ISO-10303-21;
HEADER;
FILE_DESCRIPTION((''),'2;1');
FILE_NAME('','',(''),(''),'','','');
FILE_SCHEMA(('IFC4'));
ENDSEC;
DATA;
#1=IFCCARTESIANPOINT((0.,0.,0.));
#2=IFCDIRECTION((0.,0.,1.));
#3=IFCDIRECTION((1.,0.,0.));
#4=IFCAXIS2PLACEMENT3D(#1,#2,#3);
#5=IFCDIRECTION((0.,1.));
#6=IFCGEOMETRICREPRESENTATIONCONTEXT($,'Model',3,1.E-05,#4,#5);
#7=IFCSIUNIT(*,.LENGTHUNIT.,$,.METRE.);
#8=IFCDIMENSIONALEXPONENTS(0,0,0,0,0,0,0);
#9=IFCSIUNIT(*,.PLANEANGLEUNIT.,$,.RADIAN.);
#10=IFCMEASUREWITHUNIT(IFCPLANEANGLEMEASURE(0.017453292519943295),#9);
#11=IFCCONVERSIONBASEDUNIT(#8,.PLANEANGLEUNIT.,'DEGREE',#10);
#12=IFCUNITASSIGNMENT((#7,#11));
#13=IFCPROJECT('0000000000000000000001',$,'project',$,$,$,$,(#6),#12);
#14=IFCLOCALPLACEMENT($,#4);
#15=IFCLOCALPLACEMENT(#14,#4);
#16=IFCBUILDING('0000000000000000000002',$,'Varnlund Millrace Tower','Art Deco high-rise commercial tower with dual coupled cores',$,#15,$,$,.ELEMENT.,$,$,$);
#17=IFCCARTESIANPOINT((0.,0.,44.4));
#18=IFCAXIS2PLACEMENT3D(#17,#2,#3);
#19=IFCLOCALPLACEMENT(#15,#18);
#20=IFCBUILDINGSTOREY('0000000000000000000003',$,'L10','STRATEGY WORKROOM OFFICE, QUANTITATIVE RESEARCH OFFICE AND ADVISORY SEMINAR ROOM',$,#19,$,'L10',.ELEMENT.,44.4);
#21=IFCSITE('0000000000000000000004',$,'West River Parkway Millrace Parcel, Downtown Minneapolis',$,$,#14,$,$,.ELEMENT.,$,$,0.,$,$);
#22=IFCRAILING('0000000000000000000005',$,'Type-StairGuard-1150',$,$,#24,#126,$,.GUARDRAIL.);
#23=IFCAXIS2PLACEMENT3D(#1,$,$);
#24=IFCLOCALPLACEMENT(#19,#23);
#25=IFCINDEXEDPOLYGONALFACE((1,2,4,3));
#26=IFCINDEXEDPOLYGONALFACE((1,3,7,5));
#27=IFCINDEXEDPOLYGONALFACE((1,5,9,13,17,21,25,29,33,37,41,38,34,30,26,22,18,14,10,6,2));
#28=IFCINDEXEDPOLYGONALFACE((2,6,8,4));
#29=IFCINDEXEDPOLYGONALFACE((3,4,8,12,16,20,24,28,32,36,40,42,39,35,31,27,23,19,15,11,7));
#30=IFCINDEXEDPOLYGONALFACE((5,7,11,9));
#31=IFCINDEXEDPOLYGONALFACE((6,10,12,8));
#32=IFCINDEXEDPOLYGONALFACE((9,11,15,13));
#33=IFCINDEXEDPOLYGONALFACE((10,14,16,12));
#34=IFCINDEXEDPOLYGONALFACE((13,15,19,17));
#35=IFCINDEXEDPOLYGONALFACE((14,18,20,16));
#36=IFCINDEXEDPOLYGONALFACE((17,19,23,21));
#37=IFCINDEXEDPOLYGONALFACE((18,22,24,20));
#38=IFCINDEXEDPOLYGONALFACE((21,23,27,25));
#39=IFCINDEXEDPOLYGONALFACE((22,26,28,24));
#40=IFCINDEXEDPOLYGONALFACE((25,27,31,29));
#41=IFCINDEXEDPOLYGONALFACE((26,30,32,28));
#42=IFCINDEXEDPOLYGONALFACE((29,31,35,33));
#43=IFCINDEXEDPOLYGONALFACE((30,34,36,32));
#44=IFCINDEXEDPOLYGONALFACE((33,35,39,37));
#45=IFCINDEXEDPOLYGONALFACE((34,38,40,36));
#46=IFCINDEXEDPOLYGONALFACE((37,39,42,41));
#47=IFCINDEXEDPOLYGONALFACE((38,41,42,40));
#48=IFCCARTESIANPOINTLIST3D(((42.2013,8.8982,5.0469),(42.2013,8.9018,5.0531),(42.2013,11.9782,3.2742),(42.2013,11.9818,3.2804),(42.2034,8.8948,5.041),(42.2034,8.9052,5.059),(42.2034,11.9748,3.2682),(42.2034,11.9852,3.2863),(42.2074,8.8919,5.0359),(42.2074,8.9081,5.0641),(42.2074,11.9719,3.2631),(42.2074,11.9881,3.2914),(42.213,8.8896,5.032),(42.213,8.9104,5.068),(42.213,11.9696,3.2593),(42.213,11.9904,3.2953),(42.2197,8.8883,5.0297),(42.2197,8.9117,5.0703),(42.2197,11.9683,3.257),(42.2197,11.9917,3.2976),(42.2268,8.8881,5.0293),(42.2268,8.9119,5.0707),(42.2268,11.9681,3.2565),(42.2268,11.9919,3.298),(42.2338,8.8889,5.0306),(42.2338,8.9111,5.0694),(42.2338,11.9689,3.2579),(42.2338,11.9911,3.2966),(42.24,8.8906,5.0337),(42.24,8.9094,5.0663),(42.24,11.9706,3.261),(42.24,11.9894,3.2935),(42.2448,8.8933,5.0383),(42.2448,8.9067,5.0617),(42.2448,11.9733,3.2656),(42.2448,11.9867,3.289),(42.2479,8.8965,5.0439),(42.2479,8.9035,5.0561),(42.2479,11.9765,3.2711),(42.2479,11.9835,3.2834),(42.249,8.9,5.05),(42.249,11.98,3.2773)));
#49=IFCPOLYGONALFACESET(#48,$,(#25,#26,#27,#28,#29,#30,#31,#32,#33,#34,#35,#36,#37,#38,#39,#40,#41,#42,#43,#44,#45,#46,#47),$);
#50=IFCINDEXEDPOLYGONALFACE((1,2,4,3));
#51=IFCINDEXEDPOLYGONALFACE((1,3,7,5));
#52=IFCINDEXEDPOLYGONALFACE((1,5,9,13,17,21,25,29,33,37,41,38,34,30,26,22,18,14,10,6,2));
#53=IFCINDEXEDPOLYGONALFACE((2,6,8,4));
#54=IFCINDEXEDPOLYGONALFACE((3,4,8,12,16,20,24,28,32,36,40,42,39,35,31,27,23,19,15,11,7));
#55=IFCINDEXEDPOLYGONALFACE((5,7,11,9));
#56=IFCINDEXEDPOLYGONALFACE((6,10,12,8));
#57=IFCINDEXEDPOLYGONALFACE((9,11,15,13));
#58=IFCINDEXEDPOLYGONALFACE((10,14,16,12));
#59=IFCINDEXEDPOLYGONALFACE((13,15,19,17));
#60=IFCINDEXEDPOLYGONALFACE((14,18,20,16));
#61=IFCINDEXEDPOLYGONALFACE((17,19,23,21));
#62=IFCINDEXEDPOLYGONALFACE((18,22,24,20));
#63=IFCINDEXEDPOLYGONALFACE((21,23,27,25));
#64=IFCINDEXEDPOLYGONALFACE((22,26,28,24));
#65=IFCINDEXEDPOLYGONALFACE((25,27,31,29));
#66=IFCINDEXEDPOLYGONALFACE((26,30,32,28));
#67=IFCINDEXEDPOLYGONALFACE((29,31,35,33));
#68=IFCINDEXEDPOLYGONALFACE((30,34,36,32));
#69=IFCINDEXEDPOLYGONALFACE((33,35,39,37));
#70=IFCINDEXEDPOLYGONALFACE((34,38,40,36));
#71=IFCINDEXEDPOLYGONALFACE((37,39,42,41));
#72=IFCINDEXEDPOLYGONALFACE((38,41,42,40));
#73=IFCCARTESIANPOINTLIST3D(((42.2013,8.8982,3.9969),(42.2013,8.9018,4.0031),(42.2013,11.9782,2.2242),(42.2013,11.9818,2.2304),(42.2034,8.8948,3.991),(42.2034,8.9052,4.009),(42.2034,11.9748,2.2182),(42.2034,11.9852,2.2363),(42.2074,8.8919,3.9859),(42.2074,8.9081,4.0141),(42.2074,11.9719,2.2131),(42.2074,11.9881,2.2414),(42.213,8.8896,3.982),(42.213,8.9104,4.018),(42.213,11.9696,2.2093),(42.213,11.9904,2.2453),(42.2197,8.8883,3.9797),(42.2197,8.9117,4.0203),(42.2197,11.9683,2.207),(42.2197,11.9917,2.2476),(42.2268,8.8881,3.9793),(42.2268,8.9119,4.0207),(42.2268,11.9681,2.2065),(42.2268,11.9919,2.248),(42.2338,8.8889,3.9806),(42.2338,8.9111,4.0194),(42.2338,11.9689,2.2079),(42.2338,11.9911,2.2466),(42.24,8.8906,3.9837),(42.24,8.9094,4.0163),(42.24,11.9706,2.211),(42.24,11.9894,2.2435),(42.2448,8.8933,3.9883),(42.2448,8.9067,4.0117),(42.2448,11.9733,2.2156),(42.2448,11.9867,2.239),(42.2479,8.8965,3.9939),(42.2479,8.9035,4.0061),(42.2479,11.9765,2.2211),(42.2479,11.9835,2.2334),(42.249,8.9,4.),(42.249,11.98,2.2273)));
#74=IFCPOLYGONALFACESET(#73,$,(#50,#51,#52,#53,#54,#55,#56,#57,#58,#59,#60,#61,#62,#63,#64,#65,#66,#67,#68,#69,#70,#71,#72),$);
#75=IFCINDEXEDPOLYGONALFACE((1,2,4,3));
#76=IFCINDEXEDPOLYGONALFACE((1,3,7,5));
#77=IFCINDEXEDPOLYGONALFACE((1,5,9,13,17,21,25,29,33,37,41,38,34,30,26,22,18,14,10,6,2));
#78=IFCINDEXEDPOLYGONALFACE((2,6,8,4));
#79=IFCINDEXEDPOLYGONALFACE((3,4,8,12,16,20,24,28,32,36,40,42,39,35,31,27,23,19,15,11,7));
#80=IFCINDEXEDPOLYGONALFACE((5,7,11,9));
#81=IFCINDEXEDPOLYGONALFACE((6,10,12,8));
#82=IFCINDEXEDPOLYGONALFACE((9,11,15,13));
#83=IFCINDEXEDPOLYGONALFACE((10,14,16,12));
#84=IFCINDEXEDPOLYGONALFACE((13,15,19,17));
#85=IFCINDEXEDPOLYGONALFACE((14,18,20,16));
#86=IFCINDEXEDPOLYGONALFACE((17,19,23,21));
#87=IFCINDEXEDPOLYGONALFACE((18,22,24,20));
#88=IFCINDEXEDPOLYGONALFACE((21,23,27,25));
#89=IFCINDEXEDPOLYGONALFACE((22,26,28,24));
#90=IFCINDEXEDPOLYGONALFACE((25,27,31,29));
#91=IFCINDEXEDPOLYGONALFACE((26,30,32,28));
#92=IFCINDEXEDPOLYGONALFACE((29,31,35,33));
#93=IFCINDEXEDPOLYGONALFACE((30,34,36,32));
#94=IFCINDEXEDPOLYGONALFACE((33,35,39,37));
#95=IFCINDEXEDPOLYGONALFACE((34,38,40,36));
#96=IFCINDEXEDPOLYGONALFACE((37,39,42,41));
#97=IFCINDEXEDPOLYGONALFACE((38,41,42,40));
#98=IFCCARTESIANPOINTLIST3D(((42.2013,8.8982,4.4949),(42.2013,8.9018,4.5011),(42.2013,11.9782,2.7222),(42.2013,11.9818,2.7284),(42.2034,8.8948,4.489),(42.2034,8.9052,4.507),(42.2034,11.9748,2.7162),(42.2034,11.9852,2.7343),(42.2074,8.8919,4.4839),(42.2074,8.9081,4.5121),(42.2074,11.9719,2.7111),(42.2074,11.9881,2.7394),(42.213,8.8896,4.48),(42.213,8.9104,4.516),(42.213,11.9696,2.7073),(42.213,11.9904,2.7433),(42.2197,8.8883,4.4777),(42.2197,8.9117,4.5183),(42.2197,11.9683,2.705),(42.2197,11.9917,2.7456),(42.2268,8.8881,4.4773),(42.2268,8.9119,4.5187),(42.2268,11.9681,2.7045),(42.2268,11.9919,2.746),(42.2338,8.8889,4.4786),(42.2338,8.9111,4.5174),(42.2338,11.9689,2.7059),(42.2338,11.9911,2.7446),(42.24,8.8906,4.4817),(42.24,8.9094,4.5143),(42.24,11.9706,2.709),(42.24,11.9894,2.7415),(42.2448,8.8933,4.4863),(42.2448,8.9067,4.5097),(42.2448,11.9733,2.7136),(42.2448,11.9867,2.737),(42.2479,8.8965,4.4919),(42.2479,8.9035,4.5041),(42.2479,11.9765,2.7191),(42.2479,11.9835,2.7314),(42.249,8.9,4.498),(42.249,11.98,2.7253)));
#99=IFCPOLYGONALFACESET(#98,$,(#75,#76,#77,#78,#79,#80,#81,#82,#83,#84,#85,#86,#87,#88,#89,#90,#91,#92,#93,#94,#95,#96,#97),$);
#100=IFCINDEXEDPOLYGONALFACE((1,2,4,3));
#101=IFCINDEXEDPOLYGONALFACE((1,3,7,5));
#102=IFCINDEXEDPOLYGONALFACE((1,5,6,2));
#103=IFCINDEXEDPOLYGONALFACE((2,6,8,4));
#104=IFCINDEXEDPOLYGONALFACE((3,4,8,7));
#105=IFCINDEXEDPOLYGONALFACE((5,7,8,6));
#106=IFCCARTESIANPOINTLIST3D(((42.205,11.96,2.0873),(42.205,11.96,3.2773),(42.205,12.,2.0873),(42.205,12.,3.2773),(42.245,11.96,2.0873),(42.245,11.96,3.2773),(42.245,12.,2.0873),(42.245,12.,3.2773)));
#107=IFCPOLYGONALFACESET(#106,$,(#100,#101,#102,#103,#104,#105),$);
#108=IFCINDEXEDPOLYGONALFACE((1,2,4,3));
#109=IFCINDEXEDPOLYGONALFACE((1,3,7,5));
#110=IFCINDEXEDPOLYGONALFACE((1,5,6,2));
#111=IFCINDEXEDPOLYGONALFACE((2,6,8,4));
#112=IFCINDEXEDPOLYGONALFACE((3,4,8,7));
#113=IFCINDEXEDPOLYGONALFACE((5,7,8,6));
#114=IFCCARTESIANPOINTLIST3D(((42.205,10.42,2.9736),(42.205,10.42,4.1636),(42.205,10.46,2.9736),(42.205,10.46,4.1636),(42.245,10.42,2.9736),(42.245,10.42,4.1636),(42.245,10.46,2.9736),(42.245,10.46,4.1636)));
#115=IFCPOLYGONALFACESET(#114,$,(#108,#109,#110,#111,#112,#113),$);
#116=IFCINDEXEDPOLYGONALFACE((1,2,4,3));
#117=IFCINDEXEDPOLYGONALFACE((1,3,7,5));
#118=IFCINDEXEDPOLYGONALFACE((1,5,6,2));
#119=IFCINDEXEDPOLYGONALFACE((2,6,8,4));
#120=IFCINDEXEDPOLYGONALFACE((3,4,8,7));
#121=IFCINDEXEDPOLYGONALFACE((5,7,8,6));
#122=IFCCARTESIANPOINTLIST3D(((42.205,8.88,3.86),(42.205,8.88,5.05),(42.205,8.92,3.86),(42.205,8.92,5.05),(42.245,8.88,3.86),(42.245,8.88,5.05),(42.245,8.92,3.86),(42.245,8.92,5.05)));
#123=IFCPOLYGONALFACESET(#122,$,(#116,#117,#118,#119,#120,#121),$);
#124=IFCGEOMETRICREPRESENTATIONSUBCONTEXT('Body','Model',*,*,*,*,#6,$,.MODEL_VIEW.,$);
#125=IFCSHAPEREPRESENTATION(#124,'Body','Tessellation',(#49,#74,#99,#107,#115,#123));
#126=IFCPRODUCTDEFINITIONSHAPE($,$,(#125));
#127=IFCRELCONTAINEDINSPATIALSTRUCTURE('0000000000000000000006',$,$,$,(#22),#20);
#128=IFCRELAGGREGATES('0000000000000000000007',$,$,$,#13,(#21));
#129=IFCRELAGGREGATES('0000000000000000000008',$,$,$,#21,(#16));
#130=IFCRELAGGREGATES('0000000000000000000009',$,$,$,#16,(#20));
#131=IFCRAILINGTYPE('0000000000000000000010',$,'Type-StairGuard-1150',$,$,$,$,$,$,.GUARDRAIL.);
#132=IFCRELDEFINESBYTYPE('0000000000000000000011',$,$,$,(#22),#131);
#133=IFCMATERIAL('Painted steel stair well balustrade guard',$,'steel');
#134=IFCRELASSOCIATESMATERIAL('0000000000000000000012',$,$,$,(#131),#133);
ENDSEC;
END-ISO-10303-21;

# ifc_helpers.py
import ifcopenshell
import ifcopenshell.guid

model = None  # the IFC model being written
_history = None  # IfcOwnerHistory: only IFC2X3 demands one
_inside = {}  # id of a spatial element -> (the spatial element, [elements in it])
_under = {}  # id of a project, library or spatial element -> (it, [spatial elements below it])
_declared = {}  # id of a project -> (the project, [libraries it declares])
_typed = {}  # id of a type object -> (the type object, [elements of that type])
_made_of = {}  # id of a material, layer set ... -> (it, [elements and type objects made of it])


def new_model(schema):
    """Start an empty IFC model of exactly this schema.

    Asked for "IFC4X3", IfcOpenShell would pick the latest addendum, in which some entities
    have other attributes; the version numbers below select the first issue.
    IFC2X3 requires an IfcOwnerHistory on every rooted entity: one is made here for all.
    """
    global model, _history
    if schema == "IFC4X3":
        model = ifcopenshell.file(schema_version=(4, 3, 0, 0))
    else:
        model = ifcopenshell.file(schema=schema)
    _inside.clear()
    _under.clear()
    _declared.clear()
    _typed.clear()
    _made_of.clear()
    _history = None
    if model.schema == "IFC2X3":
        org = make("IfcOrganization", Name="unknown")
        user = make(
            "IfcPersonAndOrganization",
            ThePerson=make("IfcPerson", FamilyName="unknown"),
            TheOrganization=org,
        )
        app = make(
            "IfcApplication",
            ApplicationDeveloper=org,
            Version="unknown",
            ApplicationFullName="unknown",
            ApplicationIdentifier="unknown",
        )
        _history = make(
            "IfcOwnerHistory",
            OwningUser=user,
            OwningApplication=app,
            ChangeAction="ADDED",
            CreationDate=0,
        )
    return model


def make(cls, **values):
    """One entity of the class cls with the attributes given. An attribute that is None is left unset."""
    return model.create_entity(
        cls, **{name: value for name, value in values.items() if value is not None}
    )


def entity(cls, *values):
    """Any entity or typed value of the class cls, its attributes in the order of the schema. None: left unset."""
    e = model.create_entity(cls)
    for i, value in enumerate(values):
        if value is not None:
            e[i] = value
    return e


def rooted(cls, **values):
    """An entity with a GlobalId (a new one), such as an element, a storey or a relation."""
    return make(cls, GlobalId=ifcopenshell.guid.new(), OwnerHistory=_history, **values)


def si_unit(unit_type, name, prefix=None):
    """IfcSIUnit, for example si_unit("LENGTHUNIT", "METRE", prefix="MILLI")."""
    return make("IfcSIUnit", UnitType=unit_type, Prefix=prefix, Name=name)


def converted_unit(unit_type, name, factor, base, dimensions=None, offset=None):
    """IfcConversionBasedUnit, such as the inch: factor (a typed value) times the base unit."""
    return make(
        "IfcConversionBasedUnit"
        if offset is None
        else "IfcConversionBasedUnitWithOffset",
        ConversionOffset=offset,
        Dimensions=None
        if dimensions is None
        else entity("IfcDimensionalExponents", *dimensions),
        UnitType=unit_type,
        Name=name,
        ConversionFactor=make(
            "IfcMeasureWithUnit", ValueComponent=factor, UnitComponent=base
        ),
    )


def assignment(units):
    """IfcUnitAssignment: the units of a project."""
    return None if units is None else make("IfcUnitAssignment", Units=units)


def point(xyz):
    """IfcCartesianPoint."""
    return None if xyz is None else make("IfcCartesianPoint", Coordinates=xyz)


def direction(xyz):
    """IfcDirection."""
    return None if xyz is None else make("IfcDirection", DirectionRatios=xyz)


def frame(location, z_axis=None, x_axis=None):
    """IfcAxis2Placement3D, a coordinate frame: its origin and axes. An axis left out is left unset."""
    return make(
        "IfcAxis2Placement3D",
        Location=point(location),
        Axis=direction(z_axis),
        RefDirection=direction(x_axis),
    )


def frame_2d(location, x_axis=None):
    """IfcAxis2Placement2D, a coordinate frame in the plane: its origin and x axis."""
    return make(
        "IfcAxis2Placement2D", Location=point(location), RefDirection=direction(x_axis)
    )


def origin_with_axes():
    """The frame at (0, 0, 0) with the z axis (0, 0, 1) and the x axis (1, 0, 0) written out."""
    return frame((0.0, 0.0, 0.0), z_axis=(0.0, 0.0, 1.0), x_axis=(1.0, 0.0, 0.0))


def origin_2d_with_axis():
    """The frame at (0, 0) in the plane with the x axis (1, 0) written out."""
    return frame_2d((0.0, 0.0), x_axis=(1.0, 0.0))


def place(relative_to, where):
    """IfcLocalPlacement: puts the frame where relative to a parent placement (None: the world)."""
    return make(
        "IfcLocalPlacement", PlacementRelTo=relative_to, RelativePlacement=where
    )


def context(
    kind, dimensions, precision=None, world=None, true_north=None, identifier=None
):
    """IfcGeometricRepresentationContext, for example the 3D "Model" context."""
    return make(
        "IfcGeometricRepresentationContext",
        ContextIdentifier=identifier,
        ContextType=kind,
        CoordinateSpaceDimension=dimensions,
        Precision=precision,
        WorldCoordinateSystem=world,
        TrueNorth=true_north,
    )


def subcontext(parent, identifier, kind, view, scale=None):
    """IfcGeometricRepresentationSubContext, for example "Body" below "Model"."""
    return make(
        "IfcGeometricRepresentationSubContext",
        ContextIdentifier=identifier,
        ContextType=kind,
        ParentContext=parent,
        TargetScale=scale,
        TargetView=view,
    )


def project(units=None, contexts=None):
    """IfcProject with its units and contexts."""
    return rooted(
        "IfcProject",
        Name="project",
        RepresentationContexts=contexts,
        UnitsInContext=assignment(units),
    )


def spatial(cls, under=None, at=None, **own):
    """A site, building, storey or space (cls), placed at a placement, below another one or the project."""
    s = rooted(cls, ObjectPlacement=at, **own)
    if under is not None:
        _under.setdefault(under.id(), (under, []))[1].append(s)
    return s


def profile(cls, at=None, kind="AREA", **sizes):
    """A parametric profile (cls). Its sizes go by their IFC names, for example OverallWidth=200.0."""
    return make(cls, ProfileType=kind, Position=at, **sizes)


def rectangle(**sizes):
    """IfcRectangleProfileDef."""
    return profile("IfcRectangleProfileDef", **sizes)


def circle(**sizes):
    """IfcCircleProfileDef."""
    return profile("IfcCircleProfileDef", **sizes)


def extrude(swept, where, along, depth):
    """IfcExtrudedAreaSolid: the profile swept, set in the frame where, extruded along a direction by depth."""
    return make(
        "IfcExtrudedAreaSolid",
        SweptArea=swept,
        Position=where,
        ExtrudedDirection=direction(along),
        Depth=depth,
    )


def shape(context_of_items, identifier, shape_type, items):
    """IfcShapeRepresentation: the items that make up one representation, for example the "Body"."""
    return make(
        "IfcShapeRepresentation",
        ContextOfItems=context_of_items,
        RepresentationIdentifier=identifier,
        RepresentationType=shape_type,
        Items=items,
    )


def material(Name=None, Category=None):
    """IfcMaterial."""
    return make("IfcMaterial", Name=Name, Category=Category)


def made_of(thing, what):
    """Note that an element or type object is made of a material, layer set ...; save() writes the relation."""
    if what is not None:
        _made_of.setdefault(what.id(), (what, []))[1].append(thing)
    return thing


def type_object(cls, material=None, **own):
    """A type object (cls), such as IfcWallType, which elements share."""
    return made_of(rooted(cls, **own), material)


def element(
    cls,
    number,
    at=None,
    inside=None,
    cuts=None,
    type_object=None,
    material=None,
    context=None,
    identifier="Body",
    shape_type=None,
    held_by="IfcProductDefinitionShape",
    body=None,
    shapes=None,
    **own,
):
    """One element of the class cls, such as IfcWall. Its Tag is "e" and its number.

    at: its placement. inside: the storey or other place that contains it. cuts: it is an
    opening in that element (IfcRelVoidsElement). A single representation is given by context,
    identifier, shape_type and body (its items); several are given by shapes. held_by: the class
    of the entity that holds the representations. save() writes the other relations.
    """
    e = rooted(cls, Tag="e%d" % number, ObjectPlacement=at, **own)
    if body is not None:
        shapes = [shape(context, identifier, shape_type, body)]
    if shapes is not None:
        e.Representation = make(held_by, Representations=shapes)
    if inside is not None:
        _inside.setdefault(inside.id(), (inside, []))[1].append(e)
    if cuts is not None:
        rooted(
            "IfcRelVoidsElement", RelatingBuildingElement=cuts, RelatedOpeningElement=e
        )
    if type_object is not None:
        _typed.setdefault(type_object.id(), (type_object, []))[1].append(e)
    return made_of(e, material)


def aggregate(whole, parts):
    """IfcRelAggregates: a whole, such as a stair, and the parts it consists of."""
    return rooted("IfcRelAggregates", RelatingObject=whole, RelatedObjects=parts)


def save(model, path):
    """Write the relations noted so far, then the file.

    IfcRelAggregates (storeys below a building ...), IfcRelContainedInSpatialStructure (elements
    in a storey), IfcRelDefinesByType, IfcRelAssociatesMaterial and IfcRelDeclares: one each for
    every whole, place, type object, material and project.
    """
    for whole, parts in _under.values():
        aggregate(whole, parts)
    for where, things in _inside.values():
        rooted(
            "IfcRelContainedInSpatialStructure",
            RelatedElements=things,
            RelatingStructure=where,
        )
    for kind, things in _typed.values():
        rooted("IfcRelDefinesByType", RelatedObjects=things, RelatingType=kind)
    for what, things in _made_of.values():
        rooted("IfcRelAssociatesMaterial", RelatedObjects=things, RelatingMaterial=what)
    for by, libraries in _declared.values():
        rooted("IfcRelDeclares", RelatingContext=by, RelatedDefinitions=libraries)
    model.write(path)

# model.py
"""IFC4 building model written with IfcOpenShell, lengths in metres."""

from ifc_helpers import new_model, entity, si_unit, converted_unit, direction, frame, origin_with_axes, origin_2d_with_axis, place, context, subcontext, project, spatial, rectangle, circle, extrude, material, type_object, element, save


model = new_model("IFC4")

# Units and contexts
model_context = context("Model", 3, precision=1e-05, world=origin_with_axes(), true_north=direction((0.0, 1.0)))
body_context = subcontext(model_context, "Body", "Model", "MODEL_VIEW")
ifc_project = project(units=[si_unit("LENGTHUNIT", "METRE"), converted_unit("PLANEANGLEUNIT", "DEGREE", entity("IfcPlaneAngleMeasure", 0.017453292519943295), si_unit("PLANEANGLEUNIT", "RADIAN"), dimensions=[0, 0, 0, 0, 0, 0, 0])], contexts=[model_context])

# Site, building, storey
site_placement = place(None, origin_with_axes())
site = spatial("IfcSite", under=ifc_project, at=site_placement, Name="West River Parkway Millrace Parcel, Downtown Minneapolis", CompositionType="ELEMENT", RefElevation=0.0)
building_placement = place(site_placement, origin_with_axes())
building = spatial("IfcBuilding", under=site, at=building_placement, Name="Varnlund Millrace Tower", Description="Art Deco high-rise commercial tower with dual coupled cores", CompositionType="ELEMENT")
storey_placement = place(building_placement, frame((0.0, 0.0, 44.4), z_axis=(0.0, 0.0, 1.0), x_axis=(1.0, 0.0, 0.0)))
storey = spatial("IfcBuildingStorey", under=building, at=storey_placement, Name="L10", Description="STRATEGY WORKROOM OFFICE, QUANTITATIVE RESEARCH OFFICE AND ADVISORY SEMINAR ROOM", LongName="L10", CompositionType="ELEMENT", Elevation=44.4)

# Railing
ifc_material_1 = material(Name="Painted steel stair well balustrade guard", Category="steel")
railing_type_1 = type_object("IfcRailingType", Name="Type-StairGuard-1150", PredefinedType="GUARDRAIL", material=ifc_material_1)
railing_1_placement = place(storey_placement, frame((0.0, 0.0, -44.4), z_axis=(0.0, 0.0, 1.0), x_axis=(1.0, 0.0, 0.0)))
element("IfcRailing", 1, at=railing_1_placement, inside=storey, type_object=railing_type_1, Name="Type-StairGuard-1150", PredefinedType="GUARDRAIL", context=body_context, shape_type="SweptSolid", body=[
    extrude(circle(Radius=0.024, at=origin_2d_with_axis()), frame((42.225, 11.98, 47.6773), z_axis=(0.0, -0.866696, 0.498836), x_axis=(1.0, 0.0, 0.0)), (0.0, 0.0, 1.0), 3.5537),
    extrude(circle(Radius=0.024, at=origin_2d_with_axis()), frame((42.225, 11.98, 46.6273), z_axis=(0.0, -0.866696, 0.498836), x_axis=(1.0, 0.0, 0.0)), (0.0, 0.0, 1.0), 3.5537),
    extrude(circle(Radius=0.024, at=origin_2d_with_axis()), frame((42.225, 11.98, 47.1253), z_axis=(0.0, -0.866696, 0.498836), x_axis=(1.0, 0.0, 0.0)), (0.0, 0.0, 1.0), 3.5537),
    extrude(rectangle(XDim=0.04, YDim=0.04, at=origin_2d_with_axis()), frame((42.225, 11.98, 46.4873), z_axis=(0.0, 0.0, 1.0), x_axis=(1.0, 0.0, 0.0)), (0.0, 0.0, 1.0), 1.19),
    extrude(rectangle(XDim=0.04, YDim=0.04, at=origin_2d_with_axis()), frame((42.225, 10.44, 47.3736), z_axis=(0.0, 0.0, 1.0), x_axis=(1.0, 0.0, 0.0)), (0.0, 0.0, 1.0), 1.19),
    extrude(rectangle(XDim=0.04, YDim=0.04, at=origin_2d_with_axis()), frame((42.225, 8.9, 48.26), z_axis=(0.0, 0.0, 1.0), x_axis=(1.0, 0.0, 0.0)), (0.0, 0.0, 1.0), 1.19),
])

save(model, "model.ifc")
